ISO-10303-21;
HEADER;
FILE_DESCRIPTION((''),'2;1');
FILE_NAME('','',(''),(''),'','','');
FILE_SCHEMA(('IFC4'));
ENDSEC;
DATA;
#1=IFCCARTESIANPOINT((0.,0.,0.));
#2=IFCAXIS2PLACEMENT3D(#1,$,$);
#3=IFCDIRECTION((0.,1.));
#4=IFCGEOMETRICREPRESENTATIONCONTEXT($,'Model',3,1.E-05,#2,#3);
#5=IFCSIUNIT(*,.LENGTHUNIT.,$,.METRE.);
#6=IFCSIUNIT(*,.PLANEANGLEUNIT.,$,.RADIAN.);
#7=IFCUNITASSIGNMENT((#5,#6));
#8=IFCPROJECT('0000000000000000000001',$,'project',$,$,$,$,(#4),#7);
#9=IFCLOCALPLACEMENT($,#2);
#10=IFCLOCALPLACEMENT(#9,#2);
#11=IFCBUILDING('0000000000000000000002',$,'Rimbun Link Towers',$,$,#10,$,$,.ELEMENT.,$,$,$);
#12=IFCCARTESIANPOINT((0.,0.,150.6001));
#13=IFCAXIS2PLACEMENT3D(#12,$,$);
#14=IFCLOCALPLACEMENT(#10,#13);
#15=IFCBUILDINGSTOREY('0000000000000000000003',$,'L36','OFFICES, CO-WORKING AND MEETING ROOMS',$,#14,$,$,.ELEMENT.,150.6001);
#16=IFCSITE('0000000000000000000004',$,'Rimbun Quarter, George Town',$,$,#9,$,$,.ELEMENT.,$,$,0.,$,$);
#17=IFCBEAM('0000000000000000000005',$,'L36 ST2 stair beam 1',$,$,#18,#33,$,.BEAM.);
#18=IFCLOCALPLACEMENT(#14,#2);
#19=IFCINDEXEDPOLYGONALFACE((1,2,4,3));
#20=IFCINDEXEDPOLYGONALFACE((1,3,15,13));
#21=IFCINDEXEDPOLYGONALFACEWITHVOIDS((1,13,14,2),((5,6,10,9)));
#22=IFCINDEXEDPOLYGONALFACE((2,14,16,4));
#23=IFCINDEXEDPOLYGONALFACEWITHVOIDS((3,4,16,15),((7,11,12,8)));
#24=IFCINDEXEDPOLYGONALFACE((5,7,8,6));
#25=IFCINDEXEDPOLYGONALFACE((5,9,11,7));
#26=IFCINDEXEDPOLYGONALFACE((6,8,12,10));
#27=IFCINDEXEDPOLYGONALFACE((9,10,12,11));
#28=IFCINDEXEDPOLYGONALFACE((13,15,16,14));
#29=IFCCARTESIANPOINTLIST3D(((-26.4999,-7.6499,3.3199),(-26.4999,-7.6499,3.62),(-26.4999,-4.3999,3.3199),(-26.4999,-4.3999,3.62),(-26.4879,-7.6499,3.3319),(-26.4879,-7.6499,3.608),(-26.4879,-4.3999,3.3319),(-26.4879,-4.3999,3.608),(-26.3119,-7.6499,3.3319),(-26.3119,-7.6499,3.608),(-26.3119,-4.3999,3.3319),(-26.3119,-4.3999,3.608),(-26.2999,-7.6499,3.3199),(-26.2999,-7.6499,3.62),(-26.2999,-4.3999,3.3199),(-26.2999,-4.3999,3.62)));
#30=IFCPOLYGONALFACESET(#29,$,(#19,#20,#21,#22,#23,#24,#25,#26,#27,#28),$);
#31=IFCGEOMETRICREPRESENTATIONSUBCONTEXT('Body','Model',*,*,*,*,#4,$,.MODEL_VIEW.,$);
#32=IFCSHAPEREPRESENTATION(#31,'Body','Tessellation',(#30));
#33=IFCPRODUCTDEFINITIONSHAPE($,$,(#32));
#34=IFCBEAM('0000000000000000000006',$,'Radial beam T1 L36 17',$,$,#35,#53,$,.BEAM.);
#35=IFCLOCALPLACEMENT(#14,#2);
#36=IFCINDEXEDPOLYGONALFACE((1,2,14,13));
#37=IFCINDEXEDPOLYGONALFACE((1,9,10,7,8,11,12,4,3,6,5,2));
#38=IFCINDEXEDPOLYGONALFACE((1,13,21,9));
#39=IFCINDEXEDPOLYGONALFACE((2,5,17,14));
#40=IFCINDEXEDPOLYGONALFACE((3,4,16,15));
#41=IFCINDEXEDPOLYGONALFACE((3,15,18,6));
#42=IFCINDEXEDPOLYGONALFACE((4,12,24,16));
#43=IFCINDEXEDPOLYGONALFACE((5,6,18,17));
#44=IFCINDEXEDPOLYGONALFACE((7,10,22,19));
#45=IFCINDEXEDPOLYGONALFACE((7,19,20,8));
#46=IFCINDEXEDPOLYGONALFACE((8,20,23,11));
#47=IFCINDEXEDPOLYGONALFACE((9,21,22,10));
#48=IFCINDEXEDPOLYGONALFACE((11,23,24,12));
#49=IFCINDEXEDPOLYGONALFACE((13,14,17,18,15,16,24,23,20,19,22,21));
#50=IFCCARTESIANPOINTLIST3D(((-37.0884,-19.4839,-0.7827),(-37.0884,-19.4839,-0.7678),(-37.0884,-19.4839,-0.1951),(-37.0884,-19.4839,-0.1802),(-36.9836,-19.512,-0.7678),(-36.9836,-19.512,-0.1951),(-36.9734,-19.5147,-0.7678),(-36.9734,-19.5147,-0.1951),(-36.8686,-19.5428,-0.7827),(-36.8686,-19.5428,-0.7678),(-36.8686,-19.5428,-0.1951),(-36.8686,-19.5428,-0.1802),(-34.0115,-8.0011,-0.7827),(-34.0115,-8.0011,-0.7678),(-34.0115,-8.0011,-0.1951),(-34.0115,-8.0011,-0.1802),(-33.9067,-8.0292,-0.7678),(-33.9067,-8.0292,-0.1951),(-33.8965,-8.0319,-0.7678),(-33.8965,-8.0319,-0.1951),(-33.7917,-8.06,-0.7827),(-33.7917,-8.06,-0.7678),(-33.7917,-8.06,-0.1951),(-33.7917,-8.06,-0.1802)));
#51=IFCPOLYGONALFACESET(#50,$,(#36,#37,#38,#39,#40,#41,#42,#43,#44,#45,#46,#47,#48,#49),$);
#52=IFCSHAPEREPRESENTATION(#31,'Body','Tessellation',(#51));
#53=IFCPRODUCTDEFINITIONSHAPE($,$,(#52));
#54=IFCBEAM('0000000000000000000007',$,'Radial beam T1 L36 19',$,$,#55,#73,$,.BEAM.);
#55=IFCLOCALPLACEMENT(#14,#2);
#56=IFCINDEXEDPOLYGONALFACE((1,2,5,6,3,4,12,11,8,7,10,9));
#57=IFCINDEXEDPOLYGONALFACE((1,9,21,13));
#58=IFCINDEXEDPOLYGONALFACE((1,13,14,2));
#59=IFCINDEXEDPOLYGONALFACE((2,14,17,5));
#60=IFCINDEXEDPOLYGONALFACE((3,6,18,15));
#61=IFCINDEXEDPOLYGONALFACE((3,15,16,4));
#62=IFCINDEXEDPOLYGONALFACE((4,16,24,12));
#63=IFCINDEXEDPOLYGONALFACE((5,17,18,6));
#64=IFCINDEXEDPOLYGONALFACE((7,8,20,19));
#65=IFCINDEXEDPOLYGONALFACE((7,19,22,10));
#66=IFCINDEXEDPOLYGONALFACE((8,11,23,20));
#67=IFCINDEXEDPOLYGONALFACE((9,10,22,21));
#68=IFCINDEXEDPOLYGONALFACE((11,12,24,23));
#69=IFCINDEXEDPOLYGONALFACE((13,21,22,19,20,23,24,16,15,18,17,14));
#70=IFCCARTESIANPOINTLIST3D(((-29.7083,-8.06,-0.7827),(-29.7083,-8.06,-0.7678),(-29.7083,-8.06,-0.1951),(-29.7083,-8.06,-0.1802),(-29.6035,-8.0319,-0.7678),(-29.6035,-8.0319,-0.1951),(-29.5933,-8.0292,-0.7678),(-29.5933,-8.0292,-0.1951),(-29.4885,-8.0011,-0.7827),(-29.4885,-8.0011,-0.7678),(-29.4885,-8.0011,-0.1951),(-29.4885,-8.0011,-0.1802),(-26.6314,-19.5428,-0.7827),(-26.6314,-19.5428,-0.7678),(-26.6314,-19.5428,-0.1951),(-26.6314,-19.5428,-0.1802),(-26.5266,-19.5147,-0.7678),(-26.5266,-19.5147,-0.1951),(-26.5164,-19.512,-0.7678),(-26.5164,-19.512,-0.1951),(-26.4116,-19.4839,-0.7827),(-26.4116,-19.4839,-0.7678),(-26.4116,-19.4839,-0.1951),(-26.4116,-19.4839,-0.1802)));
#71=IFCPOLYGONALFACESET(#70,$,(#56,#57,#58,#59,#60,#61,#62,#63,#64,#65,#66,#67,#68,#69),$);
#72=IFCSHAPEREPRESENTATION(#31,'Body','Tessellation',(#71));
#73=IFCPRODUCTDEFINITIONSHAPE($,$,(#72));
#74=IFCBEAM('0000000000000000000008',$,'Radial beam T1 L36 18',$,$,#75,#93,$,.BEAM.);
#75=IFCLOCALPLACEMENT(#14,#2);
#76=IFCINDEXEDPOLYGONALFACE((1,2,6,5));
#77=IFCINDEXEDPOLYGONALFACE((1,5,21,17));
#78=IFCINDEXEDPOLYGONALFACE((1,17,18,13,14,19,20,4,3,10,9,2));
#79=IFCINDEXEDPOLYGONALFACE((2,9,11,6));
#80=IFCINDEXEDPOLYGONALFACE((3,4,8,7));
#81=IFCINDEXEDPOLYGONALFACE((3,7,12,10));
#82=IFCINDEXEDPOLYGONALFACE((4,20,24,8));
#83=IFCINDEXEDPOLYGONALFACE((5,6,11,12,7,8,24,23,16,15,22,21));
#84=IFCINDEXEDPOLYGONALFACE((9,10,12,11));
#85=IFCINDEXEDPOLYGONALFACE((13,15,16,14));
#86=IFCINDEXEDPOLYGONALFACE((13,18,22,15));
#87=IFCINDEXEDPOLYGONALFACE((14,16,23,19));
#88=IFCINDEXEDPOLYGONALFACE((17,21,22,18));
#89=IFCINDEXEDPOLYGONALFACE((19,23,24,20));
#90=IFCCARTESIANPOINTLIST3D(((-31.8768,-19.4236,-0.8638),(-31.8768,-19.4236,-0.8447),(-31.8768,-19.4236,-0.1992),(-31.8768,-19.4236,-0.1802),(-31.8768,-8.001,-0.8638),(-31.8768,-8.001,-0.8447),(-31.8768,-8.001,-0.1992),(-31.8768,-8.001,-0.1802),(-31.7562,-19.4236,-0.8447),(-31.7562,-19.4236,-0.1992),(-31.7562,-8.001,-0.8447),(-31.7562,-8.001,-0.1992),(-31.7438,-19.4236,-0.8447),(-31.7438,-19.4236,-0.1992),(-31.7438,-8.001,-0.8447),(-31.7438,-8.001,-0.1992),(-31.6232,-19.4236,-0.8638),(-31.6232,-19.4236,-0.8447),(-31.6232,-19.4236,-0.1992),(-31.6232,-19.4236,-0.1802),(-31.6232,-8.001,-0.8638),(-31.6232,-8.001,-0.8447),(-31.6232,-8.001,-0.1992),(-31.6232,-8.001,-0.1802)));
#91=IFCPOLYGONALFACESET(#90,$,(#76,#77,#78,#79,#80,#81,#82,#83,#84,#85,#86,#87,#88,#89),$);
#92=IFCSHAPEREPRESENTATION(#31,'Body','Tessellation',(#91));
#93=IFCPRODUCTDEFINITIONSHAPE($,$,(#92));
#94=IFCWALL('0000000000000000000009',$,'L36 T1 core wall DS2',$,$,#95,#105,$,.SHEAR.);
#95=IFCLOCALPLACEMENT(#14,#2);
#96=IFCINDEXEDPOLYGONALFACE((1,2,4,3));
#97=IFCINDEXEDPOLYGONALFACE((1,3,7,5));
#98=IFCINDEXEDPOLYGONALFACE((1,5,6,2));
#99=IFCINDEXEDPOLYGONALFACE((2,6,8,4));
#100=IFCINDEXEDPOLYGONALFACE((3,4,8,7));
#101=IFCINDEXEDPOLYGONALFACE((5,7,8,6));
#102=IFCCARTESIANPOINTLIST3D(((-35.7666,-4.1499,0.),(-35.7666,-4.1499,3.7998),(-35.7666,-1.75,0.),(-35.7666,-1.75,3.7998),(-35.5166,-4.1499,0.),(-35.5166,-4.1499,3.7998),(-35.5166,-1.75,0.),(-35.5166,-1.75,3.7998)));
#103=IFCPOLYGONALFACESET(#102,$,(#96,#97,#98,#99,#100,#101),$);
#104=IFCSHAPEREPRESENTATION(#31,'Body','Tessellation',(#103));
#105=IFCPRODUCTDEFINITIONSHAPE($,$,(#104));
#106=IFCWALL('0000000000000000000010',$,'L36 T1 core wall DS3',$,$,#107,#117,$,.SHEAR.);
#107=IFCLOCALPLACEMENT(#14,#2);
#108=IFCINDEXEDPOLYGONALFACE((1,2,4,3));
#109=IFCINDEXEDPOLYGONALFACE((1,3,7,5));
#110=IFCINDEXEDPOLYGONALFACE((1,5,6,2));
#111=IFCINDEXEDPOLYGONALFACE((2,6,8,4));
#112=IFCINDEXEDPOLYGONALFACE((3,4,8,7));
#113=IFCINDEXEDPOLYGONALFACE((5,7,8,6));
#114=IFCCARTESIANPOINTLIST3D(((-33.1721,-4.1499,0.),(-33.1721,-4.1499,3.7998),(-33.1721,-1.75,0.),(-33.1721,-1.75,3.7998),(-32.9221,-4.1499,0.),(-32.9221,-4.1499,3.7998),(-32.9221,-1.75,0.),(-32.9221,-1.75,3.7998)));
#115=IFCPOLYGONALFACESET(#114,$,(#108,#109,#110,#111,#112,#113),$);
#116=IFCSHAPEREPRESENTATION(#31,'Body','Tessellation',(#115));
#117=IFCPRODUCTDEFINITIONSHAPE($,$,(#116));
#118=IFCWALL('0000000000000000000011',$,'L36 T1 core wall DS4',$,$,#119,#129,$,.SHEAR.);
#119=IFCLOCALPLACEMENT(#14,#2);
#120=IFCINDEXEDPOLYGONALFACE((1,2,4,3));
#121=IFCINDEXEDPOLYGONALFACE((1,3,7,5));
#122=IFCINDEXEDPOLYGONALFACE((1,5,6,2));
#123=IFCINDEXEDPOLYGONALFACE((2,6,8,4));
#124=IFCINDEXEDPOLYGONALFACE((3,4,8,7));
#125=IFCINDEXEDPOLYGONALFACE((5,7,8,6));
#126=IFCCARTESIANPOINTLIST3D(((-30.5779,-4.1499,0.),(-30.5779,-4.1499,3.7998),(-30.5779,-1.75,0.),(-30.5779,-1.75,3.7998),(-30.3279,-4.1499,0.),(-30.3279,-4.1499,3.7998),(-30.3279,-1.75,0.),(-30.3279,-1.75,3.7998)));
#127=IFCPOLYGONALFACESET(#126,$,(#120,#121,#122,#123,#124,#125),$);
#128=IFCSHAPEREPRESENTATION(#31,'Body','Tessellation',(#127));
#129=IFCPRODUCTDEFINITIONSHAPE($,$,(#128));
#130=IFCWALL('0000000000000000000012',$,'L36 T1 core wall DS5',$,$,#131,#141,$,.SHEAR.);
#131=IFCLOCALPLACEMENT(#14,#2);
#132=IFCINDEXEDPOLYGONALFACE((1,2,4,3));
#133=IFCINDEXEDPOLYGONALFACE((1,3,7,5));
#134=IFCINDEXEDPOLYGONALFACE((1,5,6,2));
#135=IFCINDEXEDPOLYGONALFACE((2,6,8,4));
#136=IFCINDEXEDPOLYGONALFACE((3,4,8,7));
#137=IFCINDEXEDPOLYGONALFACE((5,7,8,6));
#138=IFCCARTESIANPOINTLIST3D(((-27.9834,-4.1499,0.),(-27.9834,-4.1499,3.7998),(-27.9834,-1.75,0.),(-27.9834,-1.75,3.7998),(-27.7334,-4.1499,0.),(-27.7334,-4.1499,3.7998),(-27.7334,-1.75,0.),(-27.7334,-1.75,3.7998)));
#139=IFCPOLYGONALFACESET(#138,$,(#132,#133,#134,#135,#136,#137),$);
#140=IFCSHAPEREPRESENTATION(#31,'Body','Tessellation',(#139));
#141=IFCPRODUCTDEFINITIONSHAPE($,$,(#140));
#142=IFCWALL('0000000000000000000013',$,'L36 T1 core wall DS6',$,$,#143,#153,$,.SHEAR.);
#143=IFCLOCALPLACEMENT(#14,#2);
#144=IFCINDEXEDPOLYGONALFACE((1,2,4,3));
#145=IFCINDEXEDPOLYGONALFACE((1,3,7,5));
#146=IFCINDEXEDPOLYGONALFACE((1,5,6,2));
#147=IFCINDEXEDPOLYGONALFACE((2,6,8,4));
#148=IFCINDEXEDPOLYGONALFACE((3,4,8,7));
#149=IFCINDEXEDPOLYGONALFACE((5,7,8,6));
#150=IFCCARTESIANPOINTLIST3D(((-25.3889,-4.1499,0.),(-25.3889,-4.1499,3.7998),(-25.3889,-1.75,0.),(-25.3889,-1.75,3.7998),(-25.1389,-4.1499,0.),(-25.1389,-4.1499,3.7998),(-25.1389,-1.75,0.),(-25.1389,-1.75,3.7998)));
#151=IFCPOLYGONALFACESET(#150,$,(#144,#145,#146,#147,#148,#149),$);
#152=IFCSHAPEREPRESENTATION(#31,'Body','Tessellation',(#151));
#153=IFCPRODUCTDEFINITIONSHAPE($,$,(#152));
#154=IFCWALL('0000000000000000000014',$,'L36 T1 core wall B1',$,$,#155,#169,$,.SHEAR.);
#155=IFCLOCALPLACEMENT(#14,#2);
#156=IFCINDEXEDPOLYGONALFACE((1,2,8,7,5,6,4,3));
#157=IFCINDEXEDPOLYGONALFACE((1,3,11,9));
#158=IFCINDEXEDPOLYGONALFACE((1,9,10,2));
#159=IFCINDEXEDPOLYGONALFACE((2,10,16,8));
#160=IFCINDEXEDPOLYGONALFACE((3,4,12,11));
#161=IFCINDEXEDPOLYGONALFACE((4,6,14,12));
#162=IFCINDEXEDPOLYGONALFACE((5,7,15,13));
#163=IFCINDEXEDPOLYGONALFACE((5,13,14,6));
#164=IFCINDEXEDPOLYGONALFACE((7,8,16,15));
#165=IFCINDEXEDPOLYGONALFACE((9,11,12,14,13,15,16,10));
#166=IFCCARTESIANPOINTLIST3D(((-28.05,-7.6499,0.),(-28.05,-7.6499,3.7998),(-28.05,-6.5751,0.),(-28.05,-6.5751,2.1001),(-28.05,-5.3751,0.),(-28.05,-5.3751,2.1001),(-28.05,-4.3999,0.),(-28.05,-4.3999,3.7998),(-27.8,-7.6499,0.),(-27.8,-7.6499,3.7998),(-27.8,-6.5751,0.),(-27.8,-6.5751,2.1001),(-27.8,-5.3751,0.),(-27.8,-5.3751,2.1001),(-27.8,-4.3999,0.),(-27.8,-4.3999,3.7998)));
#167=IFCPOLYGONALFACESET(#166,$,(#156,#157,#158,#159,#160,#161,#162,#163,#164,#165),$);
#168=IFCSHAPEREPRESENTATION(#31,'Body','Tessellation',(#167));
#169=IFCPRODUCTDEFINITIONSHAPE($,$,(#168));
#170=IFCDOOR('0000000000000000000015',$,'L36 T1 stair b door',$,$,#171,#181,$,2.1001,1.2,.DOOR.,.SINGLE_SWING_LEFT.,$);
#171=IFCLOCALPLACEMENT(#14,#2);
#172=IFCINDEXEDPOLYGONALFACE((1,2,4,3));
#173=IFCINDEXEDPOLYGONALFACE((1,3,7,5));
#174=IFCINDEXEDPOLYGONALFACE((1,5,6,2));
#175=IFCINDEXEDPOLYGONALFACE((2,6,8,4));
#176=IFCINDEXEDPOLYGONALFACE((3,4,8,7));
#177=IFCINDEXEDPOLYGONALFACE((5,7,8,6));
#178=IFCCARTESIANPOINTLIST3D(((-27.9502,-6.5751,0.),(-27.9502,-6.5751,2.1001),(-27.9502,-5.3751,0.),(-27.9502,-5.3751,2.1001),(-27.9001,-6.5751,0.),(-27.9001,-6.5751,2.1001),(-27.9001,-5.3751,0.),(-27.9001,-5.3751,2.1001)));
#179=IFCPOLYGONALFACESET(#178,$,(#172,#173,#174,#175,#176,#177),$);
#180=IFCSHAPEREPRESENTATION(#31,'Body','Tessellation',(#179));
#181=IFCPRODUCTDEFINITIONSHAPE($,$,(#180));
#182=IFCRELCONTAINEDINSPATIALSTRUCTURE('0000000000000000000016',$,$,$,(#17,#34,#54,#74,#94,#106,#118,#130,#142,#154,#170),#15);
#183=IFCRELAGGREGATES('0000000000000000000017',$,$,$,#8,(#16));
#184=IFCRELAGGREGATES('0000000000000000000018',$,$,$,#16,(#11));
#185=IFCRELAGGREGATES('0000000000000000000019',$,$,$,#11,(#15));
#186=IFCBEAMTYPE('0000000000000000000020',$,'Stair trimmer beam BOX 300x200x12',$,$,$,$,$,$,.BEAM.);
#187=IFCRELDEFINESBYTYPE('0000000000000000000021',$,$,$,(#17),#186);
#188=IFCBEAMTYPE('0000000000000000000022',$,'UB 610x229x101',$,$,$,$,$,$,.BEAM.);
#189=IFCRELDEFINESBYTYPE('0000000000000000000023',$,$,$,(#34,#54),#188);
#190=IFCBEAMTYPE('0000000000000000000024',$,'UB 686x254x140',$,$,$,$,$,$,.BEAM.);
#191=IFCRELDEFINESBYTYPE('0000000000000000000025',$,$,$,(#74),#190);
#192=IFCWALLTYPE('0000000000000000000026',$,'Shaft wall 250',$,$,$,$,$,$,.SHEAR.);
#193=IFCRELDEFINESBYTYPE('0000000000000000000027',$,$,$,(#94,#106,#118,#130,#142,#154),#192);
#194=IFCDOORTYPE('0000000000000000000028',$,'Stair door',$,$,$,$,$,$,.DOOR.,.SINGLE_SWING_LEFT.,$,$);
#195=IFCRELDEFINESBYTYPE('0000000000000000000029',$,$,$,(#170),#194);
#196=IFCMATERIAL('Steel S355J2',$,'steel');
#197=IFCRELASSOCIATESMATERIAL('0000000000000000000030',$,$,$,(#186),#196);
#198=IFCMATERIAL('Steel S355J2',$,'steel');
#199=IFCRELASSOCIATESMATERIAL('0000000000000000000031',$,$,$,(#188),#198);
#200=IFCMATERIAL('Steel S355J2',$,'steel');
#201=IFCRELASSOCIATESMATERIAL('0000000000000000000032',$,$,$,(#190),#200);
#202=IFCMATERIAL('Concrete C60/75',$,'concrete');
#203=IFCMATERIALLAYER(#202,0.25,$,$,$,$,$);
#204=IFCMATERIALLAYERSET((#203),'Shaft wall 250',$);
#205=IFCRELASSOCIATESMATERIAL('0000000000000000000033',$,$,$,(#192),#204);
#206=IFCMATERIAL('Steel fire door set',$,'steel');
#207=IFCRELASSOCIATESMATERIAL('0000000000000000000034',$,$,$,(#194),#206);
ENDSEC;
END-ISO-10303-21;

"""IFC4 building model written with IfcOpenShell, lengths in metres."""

from ifc_helpers import new_model, si_unit, direction, frame, frame_2d, origin, origin_2d, place, context, subcontext, project, spatial, rectangle, hollow_rectangle, i_section, extrude, material, layer, layer_set, material_profile, profile_set, type_object, element, fill, save


model = new_model("IFC4")

# Units and contexts
model_context = context("Model", 3, precision=1e-05, world=origin(), true_north=direction((0.0, 1.0)))
body_context = subcontext(model_context, "Body", "Model", "MODEL_VIEW")
ifc_project = project(units=[si_unit("LENGTHUNIT", "METRE"), si_unit("PLANEANGLEUNIT", "RADIAN")], contexts=[model_context])

# Site, building, storey
site_placement = place(None, origin())
site = spatial("IfcSite", under=ifc_project, at=site_placement, Name="Rimbun Quarter, George Town", CompositionType="ELEMENT", RefElevation=0.0)
building_placement = place(site_placement, origin())
building = spatial("IfcBuilding", under=site, at=building_placement, Name="Rimbun Link Towers", CompositionType="ELEMENT")
storey_placement = place(building_placement, frame((0.0, 0.0, 150.6001)))
storey = spatial("IfcBuildingStorey", under=building, at=storey_placement, Name="L36", Description="OFFICES, CO-WORKING AND MEETING ROOMS", CompositionType="ELEMENT", Elevation=150.6001)

# Beams
ifc_material_1 = material(Name="Steel S355J2", Category="steel")
ifc_material_profile_1 = material_profile(ifc_material_1, hollow_rectangle(XDim=0.2, YDim=0.3, WallThickness=0.012, at=origin_2d()), Name="BOX 300x200x12")
ifc_profile_set_1 = profile_set([ifc_material_profile_1], Name="Steel S355J2")
beam_type_1 = type_object("IfcBeamType", Name="Stair trimmer beam BOX 300x200x12", PredefinedType="BEAM", material=ifc_profile_set_1)
beam_1_placement = place(storey_placement, frame((-26.3999, -7.6499, 3.47), z_axis=(0.0, 1.0, 0.0), x_axis=(-1.0, 0.0, 0.0)))
element("IfcBeam", 1, at=beam_1_placement, inside=storey, type_object=beam_type_1, Name="L36 ST2 stair beam 1", PredefinedType="BEAM", context=body_context, shape_type="SweptSolid", body=[
    extrude(hollow_rectangle(XDim=0.2, YDim=0.3, WallThickness=0.012, at=origin_2d()), origin(), (0.0, 0.0, 1.0), 3.25),
])
ifc_material_2 = material(Name="Steel S355J2", Category="steel")
ifc_material_profile_2 = material_profile(ifc_material_2, i_section(OverallWidth=0.2275, OverallDepth=0.6025, WebThickness=0.0105, FlangeThickness=0.0149, at=origin_2d()), Name="UB 610x229x101")
ifc_profile_set_2 = profile_set([ifc_material_profile_2], Name="Steel S355J2")
beam_type_2 = type_object("IfcBeamType", Name="UB 610x229x101", PredefinedType="BEAM", material=ifc_profile_set_2)
for number, where, z_axis, x_axis, name in (
    (2, (-33.9016, -8.0305, -0.4814), (-0.258824, -0.965924, 0.0), (0.965924, -0.258824, 0.0), "Radial beam T1 L36 17"),
    (3, (-29.5984, -8.0305, -0.4814), (0.258824, -0.965924, 0.0), (0.965924, 0.258824, 0.0), "Radial beam T1 L36 19"),
):
    element("IfcBeam", number, at=place(storey_placement, frame(where, z_axis=z_axis, x_axis=x_axis)), inside=storey, type_object=beam_type_2, Name=name, PredefinedType="BEAM", context=body_context, shape_type="SweptSolid", body=[
        extrude(i_section(OverallWidth=0.2275, OverallDepth=0.6025, WebThickness=0.0105, FlangeThickness=0.0149, at=origin_2d()), origin(), (0.0, 0.0, 1.0), 11.8879),
    ])
ifc_material_3 = material(Name="Steel S355J2", Category="steel")
ifc_material_profile_3 = material_profile(ifc_material_3, i_section(OverallWidth=0.2537, OverallDepth=0.6836, WebThickness=0.0125, FlangeThickness=0.019, at=origin_2d()), Name="UB 686x254x140")
ifc_profile_set_3 = profile_set([ifc_material_profile_3], Name="Steel S355J2")
beam_type_3 = type_object("IfcBeamType", Name="UB 686x254x140", PredefinedType="BEAM", material=ifc_profile_set_3)
beam_2_placement = place(storey_placement, frame((-31.75, -8.001, -0.522), z_axis=(0.0, -1.0, 0.0), x_axis=(1.0, 0.0, 0.0)))
element("IfcBeam", 4, at=beam_2_placement, inside=storey, type_object=beam_type_3, Name="Radial beam T1 L36 18", PredefinedType="BEAM", context=body_context, shape_type="SweptSolid", body=[
    extrude(i_section(OverallWidth=0.2537, OverallDepth=0.6836, WebThickness=0.0125, FlangeThickness=0.019, at=origin_2d()), origin(), (0.0, 0.0, 1.0), 11.4226),
])

# Walls
ifc_material_4 = material(Name="Concrete C60/75", Category="concrete")
ifc_layer = layer(ifc_material_4, 0.25)
ifc_layer_set = layer_set([ifc_layer], Name="Shaft wall 250")
wall_type = type_object("IfcWallType", Name="Shaft wall 250", PredefinedType="SHEAR", material=ifc_layer_set)
for number, where, z_axis, x_axis, name in (
    (5, (-35.6416, -4.1499, 0.0), (0.0, 0.0, 1.0), (0.0, 1.0, 0.0), "L36 T1 core wall DS2"),
    (6, (-33.0471, -4.1499, 0.0), (0.0, 0.0, 1.0), (0.0, 1.0, 0.0), "L36 T1 core wall DS3"),
    (7, (-30.4529, -4.1499, 0.0), (0.0, 0.0, 1.0), (0.0, 1.0, 0.0), "L36 T1 core wall DS4"),
    (8, (-27.8584, -4.1499, 0.0), (0.0, 0.0, 1.0), (0.0, 1.0, 0.0), "L36 T1 core wall DS5"),
    (9, (-25.2639, -4.1499, 0.0), (0.0, 0.0, 1.0), (0.0, 1.0, 0.0), "L36 T1 core wall DS6"),
):
    element("IfcWall", number, at=place(storey_placement, frame(where, z_axis=z_axis, x_axis=x_axis)), inside=storey, type_object=wall_type, Name=name, PredefinedType="SHEAR", context=body_context, shape_type="SweptSolid", body=[
        extrude(rectangle(XDim=2.3999, YDim=0.25, at=frame_2d((1.2, 0.0))), origin(), (0.0, 0.0, 1.0), 3.7998),
    ])

# Wall, opening, door
wall_1_placement = place(storey_placement, frame((-27.925, -4.3999, 0.0), z_axis=(0.0, 0.0, 1.0), x_axis=(0.0, -1.0, 0.0)))
wall_1 = element("IfcWall", 10, at=wall_1_placement, inside=storey, type_object=wall_type, Name="L36 T1 core wall B1", PredefinedType="SHEAR", context=body_context, shape_type="SweptSolid", body=[
    extrude(rectangle(XDim=3.25, YDim=0.25, at=frame_2d((1.625, 0.0))), origin(), (0.0, 0.0, 1.0), 3.7998),
])
opening_1_placement = place(wall_1_placement, frame((0.9751, 0.0, 0.0)))
opening_1 = element("IfcOpeningElement", 11, at=opening_1_placement, cuts=wall_1, PredefinedType="OPENING", context=body_context, shape_type="SweptSolid", body=[
    extrude(rectangle(XDim=1.2, YDim=2.1001, at=frame_2d((0.6001, 1.05))), frame((0.0, 0.135, 0.0), z_axis=(0.0, -1.0, 0.0), x_axis=(1.0, 0.0, 0.0)), (0.0, 0.0, 1.0), 0.27),
])
ifc_material_5 = material(Name="Steel fire door set", Category="steel")
door_type_1 = type_object("IfcDoorType", Name="Stair door", OperationType="SINGLE_SWING_LEFT", PredefinedType="DOOR", material=ifc_material_5)
door_1_placement = place(opening_1_placement, origin())
door_1 = element("IfcDoor", 12, at=door_1_placement, inside=storey, type_object=door_type_1, Name="L36 T1 stair b door", OperationType="SINGLE_SWING_LEFT", OverallHeight=2.1001, OverallWidth=1.2, PredefinedType="DOOR", context=body_context, shape_type="SweptSolid", body=[
    extrude(rectangle(XDim=1.2, YDim=2.1001, at=frame_2d((0.6001, 1.05))), frame((0.0, 0.0249, 0.0), z_axis=(0.0, -1.0, 0.0), x_axis=(1.0, 0.0, 0.0)), (0.0, 0.0, 1.0), 0.05),
])
fill(opening_1, door_1)

save(model, "model.ifc")
